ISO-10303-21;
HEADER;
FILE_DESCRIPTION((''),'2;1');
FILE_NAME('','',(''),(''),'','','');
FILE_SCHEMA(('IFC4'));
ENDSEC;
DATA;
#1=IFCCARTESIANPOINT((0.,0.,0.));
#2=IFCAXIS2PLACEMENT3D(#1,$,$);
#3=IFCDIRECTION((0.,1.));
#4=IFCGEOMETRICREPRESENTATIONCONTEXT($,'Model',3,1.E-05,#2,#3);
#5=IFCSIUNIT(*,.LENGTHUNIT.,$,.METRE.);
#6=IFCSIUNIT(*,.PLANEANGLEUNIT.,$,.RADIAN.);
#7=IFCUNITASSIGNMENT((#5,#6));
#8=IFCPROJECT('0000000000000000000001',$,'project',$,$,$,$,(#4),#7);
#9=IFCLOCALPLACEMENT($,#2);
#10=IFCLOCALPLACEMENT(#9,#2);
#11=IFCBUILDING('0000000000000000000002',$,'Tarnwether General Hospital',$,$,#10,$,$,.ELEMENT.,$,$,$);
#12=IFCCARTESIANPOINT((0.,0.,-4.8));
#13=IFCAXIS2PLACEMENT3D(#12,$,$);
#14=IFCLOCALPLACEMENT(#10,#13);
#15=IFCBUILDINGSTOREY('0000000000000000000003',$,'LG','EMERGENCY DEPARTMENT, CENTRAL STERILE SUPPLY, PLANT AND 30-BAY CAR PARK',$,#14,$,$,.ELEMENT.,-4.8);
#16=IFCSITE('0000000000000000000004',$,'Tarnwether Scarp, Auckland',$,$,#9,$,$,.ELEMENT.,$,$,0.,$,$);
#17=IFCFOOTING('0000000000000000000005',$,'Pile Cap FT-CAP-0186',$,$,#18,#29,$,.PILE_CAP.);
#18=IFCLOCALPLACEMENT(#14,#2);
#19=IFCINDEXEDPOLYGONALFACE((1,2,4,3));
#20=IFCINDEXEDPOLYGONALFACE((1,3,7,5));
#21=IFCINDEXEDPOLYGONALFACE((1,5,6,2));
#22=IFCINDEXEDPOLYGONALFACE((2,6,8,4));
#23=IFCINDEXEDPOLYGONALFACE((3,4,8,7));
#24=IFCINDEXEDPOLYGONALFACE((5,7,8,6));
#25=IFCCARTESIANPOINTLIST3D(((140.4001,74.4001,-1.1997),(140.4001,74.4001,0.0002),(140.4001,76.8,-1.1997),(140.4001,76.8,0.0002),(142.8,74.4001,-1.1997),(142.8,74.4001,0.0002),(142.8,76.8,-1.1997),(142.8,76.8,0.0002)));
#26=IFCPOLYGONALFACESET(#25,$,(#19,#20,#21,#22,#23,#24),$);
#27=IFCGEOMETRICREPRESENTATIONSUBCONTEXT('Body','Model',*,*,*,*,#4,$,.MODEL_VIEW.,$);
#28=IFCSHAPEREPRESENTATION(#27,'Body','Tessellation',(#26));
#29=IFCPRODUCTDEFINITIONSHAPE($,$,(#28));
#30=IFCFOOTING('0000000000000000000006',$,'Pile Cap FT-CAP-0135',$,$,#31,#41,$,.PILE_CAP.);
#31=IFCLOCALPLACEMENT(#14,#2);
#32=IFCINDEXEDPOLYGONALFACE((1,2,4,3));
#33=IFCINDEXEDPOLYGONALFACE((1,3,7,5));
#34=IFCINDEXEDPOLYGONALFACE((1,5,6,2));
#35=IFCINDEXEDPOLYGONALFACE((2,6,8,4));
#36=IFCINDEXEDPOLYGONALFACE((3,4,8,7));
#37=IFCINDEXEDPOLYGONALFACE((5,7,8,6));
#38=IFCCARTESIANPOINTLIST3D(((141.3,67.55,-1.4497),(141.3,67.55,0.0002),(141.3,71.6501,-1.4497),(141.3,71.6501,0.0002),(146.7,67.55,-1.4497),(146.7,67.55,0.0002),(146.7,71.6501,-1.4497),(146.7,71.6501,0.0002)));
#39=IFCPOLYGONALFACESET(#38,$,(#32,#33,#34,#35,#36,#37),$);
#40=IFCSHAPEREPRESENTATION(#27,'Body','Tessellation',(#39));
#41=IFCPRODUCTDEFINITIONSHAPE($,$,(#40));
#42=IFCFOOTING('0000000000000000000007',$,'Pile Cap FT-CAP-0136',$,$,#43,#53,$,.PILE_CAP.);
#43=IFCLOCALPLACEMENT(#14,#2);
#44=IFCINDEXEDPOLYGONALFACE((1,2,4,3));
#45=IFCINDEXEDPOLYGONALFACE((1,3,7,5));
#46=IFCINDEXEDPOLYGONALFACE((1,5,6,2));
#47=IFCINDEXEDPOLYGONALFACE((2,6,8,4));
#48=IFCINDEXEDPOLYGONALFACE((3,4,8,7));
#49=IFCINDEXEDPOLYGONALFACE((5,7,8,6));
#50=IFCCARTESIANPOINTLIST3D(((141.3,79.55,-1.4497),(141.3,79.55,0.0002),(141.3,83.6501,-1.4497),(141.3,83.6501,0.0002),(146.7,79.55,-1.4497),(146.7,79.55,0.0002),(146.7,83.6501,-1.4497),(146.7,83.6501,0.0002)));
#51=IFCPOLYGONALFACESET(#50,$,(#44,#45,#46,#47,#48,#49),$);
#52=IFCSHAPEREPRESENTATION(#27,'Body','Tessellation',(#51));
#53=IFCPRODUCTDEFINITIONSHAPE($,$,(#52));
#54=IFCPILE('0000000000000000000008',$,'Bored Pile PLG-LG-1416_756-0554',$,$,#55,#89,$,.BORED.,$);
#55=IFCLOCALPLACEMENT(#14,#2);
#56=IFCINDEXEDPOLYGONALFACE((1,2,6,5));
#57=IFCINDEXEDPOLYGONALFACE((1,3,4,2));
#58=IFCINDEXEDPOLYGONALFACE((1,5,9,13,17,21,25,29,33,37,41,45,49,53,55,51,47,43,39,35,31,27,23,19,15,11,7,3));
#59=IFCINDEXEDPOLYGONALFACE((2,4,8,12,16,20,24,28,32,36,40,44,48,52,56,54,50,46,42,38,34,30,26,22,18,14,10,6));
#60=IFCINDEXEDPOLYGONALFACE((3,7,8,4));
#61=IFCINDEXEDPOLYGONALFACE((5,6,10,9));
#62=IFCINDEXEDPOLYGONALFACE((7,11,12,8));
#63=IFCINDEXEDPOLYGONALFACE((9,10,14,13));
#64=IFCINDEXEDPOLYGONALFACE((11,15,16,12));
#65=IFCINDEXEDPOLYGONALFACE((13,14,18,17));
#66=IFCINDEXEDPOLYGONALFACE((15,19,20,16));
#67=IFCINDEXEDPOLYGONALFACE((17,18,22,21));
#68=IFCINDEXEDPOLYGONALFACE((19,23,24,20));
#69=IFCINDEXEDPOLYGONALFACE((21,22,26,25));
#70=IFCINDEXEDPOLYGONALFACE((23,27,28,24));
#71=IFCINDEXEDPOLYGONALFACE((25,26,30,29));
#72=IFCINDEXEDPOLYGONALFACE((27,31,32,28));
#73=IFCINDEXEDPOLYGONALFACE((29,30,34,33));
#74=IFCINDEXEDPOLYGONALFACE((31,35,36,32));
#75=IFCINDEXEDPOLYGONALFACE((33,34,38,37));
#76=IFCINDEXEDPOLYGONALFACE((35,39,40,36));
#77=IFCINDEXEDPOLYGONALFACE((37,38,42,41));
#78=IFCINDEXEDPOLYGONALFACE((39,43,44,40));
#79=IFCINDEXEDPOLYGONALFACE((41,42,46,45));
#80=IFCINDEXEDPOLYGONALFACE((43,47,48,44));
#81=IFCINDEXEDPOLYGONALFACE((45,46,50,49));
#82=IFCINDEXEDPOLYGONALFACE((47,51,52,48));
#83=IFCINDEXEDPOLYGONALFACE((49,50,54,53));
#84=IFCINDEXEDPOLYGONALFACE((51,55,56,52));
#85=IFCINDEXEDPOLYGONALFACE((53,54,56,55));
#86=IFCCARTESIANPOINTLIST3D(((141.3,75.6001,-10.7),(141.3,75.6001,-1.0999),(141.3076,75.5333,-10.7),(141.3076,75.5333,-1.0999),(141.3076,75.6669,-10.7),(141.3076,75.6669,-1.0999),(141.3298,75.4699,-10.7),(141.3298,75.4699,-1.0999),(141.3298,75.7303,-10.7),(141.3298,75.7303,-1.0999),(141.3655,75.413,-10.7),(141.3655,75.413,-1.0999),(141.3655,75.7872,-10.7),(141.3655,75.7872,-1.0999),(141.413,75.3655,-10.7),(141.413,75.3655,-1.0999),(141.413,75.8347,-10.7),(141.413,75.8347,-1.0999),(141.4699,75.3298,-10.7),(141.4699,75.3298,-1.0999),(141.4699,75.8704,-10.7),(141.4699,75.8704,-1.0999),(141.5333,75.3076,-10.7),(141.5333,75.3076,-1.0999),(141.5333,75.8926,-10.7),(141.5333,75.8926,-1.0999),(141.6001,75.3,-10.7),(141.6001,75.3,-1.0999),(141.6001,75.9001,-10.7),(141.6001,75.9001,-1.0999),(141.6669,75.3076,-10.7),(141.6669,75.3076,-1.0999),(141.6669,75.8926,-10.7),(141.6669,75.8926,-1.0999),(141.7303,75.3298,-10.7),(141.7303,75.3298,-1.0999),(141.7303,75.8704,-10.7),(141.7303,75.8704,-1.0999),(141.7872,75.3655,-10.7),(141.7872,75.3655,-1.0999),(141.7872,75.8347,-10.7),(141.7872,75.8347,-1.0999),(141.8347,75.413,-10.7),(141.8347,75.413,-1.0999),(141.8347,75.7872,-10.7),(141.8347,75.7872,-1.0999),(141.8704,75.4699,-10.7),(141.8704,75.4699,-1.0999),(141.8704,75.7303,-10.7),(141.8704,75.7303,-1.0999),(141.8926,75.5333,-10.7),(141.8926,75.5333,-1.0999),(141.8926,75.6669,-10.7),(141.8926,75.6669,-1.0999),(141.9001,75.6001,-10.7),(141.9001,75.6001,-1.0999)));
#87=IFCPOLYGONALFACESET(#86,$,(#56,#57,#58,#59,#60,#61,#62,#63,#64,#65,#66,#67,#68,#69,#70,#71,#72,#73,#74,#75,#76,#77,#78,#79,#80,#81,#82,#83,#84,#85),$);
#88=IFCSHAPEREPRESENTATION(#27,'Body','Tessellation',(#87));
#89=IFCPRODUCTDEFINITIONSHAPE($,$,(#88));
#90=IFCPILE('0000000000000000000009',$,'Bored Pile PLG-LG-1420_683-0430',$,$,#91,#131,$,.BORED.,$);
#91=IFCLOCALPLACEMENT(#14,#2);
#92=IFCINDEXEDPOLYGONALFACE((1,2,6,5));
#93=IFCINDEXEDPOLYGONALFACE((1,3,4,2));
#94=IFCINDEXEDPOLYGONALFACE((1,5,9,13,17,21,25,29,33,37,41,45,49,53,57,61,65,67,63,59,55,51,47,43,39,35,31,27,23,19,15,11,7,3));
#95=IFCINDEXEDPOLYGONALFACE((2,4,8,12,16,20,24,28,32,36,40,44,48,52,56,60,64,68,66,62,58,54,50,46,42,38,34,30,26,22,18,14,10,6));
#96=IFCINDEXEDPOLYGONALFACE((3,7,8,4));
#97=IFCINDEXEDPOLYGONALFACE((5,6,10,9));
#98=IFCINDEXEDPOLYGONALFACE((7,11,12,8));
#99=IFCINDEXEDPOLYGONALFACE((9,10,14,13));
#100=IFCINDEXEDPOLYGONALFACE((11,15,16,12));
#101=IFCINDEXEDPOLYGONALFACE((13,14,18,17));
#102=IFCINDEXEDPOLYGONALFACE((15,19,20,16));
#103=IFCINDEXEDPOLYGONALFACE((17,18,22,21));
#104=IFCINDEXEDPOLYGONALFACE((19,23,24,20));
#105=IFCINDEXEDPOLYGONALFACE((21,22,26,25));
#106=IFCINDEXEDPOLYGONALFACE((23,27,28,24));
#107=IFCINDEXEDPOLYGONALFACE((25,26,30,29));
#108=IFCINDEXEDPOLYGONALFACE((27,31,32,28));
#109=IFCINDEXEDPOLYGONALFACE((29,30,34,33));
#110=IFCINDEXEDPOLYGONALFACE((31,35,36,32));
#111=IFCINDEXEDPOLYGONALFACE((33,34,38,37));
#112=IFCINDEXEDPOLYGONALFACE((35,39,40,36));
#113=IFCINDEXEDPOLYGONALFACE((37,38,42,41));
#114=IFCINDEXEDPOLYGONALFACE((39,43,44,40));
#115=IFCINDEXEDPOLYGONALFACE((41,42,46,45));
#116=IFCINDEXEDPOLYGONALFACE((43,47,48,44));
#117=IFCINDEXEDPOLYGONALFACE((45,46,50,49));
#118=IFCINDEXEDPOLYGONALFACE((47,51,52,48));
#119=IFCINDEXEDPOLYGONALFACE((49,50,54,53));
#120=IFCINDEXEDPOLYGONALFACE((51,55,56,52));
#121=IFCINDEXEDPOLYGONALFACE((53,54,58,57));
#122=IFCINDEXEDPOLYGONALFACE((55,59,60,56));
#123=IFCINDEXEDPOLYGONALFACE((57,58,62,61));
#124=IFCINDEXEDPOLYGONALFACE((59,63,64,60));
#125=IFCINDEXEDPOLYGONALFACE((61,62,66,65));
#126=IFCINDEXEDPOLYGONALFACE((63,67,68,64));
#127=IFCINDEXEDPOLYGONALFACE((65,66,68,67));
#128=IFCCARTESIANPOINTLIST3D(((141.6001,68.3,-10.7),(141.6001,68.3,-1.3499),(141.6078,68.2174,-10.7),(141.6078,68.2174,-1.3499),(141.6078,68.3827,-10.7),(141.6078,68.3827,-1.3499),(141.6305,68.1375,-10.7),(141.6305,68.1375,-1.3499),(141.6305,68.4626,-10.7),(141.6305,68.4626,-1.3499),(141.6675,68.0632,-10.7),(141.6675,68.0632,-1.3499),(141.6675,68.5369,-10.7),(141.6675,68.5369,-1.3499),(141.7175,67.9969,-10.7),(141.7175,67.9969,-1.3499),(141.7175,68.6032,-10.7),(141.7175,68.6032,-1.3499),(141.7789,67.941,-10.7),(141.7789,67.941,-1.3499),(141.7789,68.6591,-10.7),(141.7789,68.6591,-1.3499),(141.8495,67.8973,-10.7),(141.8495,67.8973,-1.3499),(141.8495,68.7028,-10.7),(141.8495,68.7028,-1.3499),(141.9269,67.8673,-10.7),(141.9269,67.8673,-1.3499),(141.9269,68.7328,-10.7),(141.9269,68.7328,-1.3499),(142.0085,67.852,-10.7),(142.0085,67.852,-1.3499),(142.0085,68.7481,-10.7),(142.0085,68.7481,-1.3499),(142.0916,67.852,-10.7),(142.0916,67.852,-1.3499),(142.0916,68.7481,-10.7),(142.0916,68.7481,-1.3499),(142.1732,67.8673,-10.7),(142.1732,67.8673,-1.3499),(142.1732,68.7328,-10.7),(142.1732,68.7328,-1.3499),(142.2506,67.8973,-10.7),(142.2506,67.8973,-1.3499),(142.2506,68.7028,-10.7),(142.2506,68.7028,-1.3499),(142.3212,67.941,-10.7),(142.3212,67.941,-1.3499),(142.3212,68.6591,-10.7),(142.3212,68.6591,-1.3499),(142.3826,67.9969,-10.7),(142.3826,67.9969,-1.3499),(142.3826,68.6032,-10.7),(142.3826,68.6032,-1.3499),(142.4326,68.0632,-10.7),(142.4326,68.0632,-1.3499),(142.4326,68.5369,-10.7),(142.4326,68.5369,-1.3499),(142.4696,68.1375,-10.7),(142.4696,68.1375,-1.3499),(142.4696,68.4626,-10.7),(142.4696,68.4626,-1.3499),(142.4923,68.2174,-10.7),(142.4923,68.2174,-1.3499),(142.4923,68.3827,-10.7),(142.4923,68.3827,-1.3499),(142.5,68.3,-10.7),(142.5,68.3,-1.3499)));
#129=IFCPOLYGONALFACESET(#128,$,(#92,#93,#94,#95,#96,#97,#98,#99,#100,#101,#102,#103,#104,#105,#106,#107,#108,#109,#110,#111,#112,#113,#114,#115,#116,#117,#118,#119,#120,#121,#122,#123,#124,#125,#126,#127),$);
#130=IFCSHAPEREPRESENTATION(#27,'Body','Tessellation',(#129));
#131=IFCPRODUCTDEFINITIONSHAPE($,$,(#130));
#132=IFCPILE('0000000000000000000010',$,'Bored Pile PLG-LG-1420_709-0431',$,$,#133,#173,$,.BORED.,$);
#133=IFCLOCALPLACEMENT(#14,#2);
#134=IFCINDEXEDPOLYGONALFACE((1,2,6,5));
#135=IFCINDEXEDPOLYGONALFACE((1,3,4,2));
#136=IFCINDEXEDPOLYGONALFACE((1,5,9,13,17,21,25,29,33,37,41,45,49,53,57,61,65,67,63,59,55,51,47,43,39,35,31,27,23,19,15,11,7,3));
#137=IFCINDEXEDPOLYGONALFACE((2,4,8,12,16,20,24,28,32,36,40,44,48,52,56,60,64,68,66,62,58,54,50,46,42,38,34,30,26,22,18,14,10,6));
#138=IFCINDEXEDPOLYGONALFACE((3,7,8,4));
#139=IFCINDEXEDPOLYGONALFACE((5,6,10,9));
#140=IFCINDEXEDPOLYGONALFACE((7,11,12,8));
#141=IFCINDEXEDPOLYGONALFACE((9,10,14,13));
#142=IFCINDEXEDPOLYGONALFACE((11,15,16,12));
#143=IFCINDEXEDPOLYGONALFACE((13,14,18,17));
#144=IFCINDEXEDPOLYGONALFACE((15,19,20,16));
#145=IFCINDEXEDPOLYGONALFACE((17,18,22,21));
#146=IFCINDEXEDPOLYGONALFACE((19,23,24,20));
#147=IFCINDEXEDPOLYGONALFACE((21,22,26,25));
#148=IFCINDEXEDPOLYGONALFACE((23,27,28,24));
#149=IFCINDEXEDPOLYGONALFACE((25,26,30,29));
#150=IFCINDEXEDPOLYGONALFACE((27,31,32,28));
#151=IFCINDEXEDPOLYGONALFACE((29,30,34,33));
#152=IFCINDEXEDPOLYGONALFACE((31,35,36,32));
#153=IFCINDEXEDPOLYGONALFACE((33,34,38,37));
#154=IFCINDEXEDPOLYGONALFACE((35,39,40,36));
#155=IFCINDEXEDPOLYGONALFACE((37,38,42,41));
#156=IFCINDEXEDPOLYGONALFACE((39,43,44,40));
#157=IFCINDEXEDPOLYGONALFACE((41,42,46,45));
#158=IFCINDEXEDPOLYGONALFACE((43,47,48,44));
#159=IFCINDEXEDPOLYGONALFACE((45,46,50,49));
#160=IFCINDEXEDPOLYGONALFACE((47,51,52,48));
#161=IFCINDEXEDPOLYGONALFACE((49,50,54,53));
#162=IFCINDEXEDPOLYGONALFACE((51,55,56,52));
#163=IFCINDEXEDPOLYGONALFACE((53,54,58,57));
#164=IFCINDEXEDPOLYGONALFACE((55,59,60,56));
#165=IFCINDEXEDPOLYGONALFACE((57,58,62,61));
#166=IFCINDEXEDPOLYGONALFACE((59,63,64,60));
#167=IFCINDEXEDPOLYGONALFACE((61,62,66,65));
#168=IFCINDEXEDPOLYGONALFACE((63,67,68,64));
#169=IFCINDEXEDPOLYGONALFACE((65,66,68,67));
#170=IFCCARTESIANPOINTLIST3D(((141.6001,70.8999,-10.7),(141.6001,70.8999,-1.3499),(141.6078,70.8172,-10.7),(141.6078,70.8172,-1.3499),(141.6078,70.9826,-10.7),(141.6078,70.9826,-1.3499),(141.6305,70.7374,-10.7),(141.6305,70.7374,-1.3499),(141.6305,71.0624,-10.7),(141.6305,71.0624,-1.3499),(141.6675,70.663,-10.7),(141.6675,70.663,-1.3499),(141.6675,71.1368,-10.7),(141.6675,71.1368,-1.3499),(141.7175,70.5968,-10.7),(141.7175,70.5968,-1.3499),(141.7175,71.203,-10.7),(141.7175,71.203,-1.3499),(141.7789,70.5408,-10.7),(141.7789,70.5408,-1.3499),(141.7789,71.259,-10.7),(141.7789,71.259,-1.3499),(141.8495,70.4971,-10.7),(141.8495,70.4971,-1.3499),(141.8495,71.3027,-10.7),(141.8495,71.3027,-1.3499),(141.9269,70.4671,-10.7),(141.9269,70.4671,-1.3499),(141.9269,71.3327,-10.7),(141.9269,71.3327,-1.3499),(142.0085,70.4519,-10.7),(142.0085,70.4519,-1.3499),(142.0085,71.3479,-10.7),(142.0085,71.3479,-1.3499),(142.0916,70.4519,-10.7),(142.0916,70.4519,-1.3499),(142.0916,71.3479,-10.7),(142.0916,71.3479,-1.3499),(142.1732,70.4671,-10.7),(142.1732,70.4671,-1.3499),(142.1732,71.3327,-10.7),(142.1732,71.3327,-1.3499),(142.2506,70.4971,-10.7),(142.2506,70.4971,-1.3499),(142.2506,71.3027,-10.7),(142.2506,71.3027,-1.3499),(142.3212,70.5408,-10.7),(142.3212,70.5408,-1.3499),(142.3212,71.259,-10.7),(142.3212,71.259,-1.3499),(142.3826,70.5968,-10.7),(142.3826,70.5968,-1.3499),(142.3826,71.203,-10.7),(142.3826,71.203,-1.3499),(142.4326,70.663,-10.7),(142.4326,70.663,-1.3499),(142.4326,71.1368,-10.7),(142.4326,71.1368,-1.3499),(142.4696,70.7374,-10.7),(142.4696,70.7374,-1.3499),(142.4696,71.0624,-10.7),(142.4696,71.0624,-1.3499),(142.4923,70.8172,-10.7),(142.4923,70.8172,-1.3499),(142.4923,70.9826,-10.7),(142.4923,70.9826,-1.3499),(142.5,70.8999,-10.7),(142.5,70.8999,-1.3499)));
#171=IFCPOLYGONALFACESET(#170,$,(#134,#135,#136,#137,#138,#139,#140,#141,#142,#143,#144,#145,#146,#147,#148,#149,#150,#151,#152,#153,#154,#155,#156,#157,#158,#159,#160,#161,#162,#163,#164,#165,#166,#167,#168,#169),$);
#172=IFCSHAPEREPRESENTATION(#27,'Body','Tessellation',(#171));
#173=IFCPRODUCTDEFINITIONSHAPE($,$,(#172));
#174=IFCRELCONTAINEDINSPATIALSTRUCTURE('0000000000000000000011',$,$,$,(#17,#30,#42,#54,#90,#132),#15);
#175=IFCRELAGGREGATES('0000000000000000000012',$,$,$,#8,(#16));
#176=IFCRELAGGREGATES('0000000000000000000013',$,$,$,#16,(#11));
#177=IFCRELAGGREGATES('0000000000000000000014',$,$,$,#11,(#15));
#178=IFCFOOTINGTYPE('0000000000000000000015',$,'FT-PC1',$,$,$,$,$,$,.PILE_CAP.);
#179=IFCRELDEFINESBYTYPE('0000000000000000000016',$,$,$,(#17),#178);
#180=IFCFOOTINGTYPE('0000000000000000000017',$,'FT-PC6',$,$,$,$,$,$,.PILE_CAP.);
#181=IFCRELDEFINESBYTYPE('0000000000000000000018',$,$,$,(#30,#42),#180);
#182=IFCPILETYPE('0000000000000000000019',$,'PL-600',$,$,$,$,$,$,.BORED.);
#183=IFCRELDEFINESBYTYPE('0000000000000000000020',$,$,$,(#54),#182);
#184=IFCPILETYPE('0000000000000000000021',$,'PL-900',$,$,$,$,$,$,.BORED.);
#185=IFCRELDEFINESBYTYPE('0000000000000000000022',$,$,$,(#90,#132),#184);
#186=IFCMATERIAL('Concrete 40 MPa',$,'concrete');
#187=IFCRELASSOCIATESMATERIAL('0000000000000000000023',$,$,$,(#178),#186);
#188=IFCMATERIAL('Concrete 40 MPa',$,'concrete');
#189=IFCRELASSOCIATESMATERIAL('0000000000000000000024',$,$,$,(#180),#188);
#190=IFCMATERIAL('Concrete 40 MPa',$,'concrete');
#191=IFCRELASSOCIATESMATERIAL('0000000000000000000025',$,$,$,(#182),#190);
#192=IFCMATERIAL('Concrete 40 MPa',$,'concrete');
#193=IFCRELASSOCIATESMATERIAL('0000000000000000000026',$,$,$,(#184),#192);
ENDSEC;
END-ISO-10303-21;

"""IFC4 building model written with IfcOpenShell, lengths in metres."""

from ifc_helpers import new_model, si_unit, direction, frame, origin, origin_2d, place, context, subcontext, project, spatial, rectangle, circle, extrude, material, material_profile, profile_set, type_object, element, save


model = new_model("IFC4")

# Units and contexts
model_context = context("Model", 3, precision=1e-05, world=origin(), true_north=direction((0.0, 1.0)))
body_context = subcontext(model_context, "Body", "Model", "MODEL_VIEW")
ifc_project = project(units=[si_unit("LENGTHUNIT", "METRE"), si_unit("PLANEANGLEUNIT", "RADIAN")], contexts=[model_context])

# Site, building, storey
site_placement = place(None, origin())
site = spatial("IfcSite", under=ifc_project, at=site_placement, Name="Tarnwether Scarp, Auckland", CompositionType="ELEMENT", RefElevation=0.0)
building_placement = place(site_placement, origin())
building = spatial("IfcBuilding", under=site, at=building_placement, Name="Tarnwether General Hospital", CompositionType="ELEMENT")
storey_placement = place(building_placement, frame((0.0, 0.0, -4.8)))
storey = spatial("IfcBuildingStorey", under=building, at=storey_placement, Name="LG", Description="EMERGENCY DEPARTMENT, CENTRAL STERILE SUPPLY, PLANT AND 30-BAY CAR PARK", CompositionType="ELEMENT", Elevation=-4.8)

# Footings
ifc_material_1 = material(Name="Concrete 40 MPa", Category="concrete")
footing_type_1 = type_object("IfcFootingType", Name="FT-PC1", PredefinedType="PILE_CAP", material=ifc_material_1)
footing_placement = place(storey_placement, frame((141.6001, 75.6001, -1.1997), z_axis=(0.0, 0.0, 1.0), x_axis=(1.0, 0.0, 0.0)))
element("IfcFooting", 1, at=footing_placement, inside=storey, type_object=footing_type_1, Name="Pile Cap FT-CAP-0186", PredefinedType="PILE_CAP", context=body_context, shape_type="SweptSolid", body=[
    extrude(rectangle(XDim=2.3999, YDim=2.3999, at=origin_2d()), origin(), (0.0, 0.0, 1.0), 1.2),
])
ifc_material_2 = material(Name="Concrete 40 MPa", Category="concrete")
footing_type_2 = type_object("IfcFootingType", Name="FT-PC6", PredefinedType="PILE_CAP", material=ifc_material_2)
for number, where, z_axis, x_axis, name in (
    (2, (144.0, 69.6001, -1.4497), (0.0, 0.0, 1.0), (1.0, 0.0, 0.0), "Pile Cap FT-CAP-0135"),
    (3, (144.0, 81.6001, -1.4497), (0.0, 0.0, 1.0), (1.0, 0.0, 0.0), "Pile Cap FT-CAP-0136"),
):
    element("IfcFooting", number, at=place(storey_placement, frame(where, z_axis=z_axis, x_axis=x_axis)), inside=storey, type_object=footing_type_2, Name=name, PredefinedType="PILE_CAP", context=body_context, shape_type="SweptSolid", body=[
        extrude(rectangle(XDim=5.3999, YDim=4.1001, at=origin_2d()), origin(), (0.0, 0.0, 1.0), 1.45),
    ])

# Piles
ifc_material_3 = material(Name="Concrete 40 MPa", Category="concrete")
ifc_material_profile_1 = material_profile(ifc_material_3, circle(Radius=0.3, at=origin_2d()), Name="PILE-D600")
ifc_profile_set_1 = profile_set([ifc_material_profile_1], Name="Concrete 40 MPa")
pile_type_1 = type_object("IfcPileType", Name="PL-600", PredefinedType="BORED", material=ifc_profile_set_1)
pile_1_placement = place(storey_placement, frame((141.6001, 75.6001, -1.0999), z_axis=(0.0, 0.0, -1.0), x_axis=(1.0, 0.0, 0.0)))
element("IfcPile", 4, at=pile_1_placement, inside=storey, type_object=pile_type_1, Name="Bored Pile PLG-LG-1416_756-0554", PredefinedType="BORED", context=body_context, shape_type="SweptSolid", body=[
    extrude(circle(Radius=0.3, at=origin_2d()), origin(), (0.0, 0.0, 1.0), 9.6001),
])
ifc_material_4 = material(Name="Concrete 40 MPa", Category="concrete")
ifc_material_profile_2 = material_profile(ifc_material_4, circle(Radius=0.45, at=origin_2d()), Name="PILE-D900")
ifc_profile_set_2 = profile_set([ifc_material_profile_2], Name="Concrete 40 MPa")
pile_type_2 = type_object("IfcPileType", Name="PL-900", PredefinedType="BORED", material=ifc_profile_set_2)
for number, where, z_axis, x_axis, name in (
    (5, (142.05, 68.3, -1.3499), (0.0, 0.0, -1.0), (1.0, 0.0, 0.0), "Bored Pile PLG-LG-1420_683-0430"),
    (6, (142.05, 70.8999, -1.3499), (0.0, 0.0, -1.0), (1.0, 0.0, 0.0), "Bored Pile PLG-LG-1420_709-0431"),
):
    element("IfcPile", number, at=place(storey_placement, frame(where, z_axis=z_axis, x_axis=x_axis)), inside=storey, type_object=pile_type_2, Name=name, PredefinedType="BORED", context=body_context, shape_type="SweptSolid", body=[
        extrude(circle(Radius=0.45, at=origin_2d()), origin(), (0.0, 0.0, 1.0), 9.3501),
    ])

save(model, "model.ifc")
